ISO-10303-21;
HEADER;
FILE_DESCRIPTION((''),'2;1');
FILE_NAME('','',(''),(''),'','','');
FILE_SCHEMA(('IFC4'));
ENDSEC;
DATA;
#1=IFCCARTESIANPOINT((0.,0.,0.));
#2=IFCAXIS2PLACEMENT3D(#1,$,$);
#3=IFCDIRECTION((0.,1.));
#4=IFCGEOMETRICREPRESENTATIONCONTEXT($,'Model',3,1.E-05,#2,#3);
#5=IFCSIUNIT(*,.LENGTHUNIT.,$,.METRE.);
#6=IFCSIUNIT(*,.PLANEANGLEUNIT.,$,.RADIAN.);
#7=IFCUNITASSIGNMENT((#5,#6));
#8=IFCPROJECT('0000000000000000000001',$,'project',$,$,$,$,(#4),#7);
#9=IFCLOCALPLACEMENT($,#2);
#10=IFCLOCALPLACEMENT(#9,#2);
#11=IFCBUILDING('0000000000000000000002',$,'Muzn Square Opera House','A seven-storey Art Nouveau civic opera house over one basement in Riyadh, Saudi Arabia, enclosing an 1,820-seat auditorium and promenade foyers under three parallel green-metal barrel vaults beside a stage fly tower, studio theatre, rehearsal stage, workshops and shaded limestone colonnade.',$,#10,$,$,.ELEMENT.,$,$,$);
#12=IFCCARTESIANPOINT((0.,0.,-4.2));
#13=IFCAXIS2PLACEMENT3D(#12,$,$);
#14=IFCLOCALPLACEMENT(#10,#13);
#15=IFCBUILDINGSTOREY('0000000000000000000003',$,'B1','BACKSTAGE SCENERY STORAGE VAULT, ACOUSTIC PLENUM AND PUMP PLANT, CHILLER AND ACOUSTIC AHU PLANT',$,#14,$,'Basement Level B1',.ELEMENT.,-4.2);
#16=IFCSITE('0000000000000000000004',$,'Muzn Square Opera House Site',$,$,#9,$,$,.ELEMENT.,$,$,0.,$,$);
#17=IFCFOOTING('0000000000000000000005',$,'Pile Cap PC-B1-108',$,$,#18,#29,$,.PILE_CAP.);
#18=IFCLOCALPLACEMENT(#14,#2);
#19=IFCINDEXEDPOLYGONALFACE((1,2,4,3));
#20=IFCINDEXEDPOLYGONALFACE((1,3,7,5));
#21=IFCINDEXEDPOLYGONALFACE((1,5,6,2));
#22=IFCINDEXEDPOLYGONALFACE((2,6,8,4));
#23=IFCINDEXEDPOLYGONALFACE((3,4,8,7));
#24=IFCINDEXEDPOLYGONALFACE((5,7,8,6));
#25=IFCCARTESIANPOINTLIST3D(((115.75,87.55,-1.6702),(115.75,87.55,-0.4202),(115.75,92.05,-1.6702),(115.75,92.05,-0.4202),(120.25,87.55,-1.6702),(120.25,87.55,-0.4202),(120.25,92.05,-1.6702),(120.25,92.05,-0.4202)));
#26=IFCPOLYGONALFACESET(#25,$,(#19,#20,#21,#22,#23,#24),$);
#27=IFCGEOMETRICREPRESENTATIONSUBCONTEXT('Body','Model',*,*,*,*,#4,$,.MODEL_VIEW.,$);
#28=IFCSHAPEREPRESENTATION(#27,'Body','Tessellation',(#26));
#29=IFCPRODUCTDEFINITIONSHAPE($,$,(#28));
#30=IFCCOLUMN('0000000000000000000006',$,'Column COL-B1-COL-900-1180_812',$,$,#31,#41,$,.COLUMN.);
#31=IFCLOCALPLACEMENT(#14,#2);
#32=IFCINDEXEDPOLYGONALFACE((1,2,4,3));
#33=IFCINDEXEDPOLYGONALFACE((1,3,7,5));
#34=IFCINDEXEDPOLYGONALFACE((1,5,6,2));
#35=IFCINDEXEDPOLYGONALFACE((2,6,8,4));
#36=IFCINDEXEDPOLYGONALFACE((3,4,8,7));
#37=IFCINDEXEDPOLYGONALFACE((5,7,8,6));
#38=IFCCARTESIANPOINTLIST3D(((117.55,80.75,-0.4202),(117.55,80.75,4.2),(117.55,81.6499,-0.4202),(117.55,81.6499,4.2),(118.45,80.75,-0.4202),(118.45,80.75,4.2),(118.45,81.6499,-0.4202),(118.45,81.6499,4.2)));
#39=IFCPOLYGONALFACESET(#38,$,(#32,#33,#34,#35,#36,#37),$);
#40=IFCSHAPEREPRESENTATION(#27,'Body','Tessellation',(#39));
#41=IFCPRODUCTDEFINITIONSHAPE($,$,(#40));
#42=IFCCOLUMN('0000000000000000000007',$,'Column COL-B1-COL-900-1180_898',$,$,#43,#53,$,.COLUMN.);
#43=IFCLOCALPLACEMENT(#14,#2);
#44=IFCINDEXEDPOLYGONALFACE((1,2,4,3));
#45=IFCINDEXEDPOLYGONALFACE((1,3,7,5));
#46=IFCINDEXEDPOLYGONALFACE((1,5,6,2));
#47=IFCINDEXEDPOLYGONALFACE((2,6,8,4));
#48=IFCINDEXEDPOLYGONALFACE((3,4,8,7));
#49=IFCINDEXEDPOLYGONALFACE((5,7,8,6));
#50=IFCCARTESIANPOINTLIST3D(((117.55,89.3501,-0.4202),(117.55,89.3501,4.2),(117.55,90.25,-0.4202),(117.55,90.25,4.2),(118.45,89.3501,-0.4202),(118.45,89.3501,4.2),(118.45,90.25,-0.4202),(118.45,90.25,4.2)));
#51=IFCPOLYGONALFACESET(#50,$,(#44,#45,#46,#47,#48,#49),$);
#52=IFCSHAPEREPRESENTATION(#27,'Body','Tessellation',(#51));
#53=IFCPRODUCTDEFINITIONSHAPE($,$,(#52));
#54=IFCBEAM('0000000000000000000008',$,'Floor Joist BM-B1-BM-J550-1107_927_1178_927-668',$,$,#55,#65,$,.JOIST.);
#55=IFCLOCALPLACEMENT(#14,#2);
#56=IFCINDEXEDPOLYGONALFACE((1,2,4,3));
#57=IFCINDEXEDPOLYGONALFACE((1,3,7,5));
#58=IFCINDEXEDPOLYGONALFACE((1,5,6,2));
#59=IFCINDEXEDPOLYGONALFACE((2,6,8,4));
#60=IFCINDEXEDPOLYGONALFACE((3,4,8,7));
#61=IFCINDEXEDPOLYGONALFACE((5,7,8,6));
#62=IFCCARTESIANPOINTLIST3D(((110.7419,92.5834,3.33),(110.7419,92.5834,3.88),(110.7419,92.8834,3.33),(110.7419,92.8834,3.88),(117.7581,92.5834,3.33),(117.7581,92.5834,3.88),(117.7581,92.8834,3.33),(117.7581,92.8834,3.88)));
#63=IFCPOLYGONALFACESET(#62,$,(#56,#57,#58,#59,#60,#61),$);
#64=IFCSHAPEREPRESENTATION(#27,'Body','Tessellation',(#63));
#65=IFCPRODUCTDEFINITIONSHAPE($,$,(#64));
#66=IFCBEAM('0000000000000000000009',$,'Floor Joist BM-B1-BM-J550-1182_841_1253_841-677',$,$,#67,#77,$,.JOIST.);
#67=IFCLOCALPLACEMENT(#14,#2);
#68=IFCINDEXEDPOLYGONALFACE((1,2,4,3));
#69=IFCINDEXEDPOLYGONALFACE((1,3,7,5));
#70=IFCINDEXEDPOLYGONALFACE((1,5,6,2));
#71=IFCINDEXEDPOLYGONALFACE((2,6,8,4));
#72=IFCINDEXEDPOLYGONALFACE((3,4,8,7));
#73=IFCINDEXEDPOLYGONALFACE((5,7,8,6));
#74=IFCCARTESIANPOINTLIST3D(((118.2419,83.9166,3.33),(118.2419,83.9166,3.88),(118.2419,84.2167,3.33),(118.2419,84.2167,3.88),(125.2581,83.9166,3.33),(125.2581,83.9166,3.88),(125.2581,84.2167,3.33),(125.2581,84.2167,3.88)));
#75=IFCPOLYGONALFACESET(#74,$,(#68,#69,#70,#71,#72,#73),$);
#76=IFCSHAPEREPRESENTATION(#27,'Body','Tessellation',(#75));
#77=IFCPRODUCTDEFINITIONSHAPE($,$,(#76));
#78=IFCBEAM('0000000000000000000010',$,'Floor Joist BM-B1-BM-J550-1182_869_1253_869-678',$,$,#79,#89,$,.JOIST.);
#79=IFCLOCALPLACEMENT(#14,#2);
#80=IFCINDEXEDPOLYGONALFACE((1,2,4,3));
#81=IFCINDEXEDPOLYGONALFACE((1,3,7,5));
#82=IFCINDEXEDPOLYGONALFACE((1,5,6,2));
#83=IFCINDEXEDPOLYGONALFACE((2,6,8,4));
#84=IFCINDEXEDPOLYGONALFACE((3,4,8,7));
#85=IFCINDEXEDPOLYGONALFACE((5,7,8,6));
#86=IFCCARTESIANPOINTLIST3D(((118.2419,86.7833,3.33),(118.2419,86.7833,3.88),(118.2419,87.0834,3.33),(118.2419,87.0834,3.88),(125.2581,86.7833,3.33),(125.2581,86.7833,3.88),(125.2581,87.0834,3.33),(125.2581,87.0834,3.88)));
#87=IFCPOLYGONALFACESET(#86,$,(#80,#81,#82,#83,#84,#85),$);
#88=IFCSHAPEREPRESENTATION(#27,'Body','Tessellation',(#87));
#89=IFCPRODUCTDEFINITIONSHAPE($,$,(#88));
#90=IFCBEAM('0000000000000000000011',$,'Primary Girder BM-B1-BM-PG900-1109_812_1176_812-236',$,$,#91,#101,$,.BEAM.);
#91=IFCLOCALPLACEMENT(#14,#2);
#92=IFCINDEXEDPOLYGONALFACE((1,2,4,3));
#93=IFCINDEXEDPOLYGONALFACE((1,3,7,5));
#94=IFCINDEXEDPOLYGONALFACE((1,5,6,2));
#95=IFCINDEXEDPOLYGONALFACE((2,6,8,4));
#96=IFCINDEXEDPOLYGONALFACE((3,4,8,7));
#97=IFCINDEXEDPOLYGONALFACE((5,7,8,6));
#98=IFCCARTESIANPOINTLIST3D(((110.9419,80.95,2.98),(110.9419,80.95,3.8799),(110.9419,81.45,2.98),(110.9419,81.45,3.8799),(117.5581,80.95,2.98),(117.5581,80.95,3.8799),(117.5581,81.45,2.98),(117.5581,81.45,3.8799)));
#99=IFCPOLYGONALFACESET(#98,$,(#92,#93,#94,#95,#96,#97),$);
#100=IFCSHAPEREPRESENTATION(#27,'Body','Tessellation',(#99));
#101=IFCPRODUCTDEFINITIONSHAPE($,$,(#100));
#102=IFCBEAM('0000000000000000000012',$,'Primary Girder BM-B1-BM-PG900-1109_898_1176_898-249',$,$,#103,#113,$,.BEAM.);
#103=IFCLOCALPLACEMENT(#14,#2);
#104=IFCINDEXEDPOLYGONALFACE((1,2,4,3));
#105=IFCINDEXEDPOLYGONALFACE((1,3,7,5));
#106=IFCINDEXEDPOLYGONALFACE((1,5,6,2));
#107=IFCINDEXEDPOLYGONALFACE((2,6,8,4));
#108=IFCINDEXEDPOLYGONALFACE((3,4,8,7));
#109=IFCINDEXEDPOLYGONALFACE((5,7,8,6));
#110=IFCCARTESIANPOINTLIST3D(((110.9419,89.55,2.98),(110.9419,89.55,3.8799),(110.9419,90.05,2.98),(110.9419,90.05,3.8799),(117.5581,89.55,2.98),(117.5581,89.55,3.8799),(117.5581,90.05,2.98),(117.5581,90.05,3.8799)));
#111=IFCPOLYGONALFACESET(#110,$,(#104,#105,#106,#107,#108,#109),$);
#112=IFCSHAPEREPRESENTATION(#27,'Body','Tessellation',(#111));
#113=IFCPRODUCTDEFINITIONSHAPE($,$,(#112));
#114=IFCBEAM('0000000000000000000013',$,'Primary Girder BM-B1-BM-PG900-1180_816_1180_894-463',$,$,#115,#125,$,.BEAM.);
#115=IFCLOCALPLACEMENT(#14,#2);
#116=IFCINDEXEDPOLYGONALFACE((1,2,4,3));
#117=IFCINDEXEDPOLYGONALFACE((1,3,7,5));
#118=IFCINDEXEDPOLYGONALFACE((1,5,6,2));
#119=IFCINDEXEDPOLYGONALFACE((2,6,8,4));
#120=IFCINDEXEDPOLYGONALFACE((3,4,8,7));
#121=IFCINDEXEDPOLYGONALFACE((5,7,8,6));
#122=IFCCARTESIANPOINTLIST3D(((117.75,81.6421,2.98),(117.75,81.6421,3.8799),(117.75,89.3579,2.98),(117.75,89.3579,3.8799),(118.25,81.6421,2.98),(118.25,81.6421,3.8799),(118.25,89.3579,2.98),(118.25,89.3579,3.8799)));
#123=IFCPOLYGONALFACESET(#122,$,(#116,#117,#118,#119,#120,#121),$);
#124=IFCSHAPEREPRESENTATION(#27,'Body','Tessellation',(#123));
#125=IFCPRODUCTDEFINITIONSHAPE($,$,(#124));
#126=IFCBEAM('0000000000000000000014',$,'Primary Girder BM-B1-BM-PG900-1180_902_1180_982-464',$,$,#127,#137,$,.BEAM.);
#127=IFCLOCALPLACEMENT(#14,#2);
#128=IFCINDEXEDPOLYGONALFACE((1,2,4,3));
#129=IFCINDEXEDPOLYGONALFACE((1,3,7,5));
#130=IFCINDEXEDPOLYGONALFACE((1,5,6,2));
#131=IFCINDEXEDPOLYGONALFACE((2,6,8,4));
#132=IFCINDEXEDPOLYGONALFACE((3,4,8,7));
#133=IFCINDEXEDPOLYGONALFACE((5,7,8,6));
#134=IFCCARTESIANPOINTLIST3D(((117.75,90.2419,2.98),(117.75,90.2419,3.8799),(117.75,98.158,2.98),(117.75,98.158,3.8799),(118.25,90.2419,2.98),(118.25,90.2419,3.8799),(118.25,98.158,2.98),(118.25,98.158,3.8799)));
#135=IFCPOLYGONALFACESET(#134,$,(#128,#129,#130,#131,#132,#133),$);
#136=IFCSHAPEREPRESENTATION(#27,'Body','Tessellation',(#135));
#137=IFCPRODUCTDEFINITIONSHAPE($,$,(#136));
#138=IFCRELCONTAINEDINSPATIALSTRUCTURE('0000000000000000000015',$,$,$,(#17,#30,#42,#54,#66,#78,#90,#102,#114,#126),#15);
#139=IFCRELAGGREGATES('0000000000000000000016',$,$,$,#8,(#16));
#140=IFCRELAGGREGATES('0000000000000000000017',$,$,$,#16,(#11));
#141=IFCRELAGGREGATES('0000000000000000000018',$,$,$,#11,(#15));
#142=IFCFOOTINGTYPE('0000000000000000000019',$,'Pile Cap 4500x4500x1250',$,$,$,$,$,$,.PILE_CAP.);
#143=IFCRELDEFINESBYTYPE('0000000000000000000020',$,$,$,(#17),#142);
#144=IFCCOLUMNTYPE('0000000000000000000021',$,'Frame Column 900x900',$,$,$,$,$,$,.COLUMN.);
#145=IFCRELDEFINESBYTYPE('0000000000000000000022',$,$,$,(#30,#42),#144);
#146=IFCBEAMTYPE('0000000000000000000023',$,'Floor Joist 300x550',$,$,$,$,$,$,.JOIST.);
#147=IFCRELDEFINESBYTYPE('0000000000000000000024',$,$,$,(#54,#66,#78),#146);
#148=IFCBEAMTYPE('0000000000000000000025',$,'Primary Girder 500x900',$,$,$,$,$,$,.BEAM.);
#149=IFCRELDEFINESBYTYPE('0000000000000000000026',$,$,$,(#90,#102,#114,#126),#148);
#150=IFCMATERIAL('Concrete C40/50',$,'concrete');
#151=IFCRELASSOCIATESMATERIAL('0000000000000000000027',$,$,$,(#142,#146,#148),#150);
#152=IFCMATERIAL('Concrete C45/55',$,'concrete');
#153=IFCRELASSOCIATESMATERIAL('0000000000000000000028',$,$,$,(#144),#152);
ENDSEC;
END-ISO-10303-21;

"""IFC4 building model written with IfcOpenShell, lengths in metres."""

from ifc_helpers import new_model, si_unit, direction, frame, origin, origin_2d, place, context, subcontext, project, spatial, rectangle, extrude, material, material_profile, profile_set, type_object, element, save


model = new_model("IFC4")

# Units and contexts
model_context = context("Model", 3, precision=1e-05, world=origin(), true_north=direction((0.0, 1.0)))
body_context = subcontext(model_context, "Body", "Model", "MODEL_VIEW")
ifc_project = project(units=[si_unit("LENGTHUNIT", "METRE"), si_unit("PLANEANGLEUNIT", "RADIAN")], contexts=[model_context])

# Site, building, storey
site_placement = place(None, origin())
site = spatial("IfcSite", under=ifc_project, at=site_placement, Name="Muzn Square Opera House Site", CompositionType="ELEMENT", RefElevation=0.0)
building_placement = place(site_placement, origin())
building = spatial("IfcBuilding", under=site, at=building_placement, Name="Muzn Square Opera House", Description="A seven-storey Art Nouveau civic opera house over one basement in Riyadh, Saudi Arabia, enclosing an 1,820-seat auditorium and promenade foyers under three parallel green-metal barrel vaults beside a stage fly tower, studio theatre, rehearsal stage, workshops and shaded limestone colonnade.", CompositionType="ELEMENT")
storey_placement = place(building_placement, frame((0.0, 0.0, -4.2)))
storey = spatial("IfcBuildingStorey", under=building, at=storey_placement, Name="B1", Description="BACKSTAGE SCENERY STORAGE VAULT, ACOUSTIC PLENUM AND PUMP PLANT, CHILLER AND ACOUSTIC AHU PLANT", LongName="Basement Level B1", CompositionType="ELEMENT", Elevation=-4.2)

# Shared definitions
ifc_material_1 = material(Name="Concrete C40/50", Category="concrete")

# Footing
footing_type_1 = type_object("IfcFootingType", Name="Pile Cap 4500x4500x1250", PredefinedType="PILE_CAP", material=ifc_material_1)
footing_1_placement = place(storey_placement, frame((118.0, 89.8, -1.6702), z_axis=(0.0, 0.0, 1.0), x_axis=(1.0, 0.0, 0.0)))
element("IfcFooting", 1, at=footing_1_placement, inside=storey, type_object=footing_type_1, Name="Pile Cap PC-B1-108", PredefinedType="PILE_CAP", context=body_context, shape_type="SweptSolid", body=[
    extrude(rectangle(XDim=4.5, YDim=4.5, at=origin_2d()), origin(), (0.0, 0.0, 1.0), 1.25),
])

# Columns
ifc_material_2 = material(Name="Concrete C45/55", Category="concrete")
ifc_material_profile_1 = material_profile(ifc_material_2, rectangle(XDim=0.8999, YDim=0.8999, at=origin_2d()), Name="RC 900x900", Category="concrete")
ifc_profile_set_1 = profile_set([ifc_material_profile_1], Name="Concrete C45/55")
column_type = type_object("IfcColumnType", Name="Frame Column 900x900", PredefinedType="COLUMN", material=ifc_profile_set_1)
for number, where, z_axis, x_axis, name in (
    (2, (118.0, 81.2, -0.4202), (0.0, 0.0, 1.0), (1.0, 0.0, 0.0), "Column COL-B1-COL-900-1180_812"),
    (3, (118.0, 89.8, -0.4202), (0.0, 0.0, 1.0), (1.0, 0.0, 0.0), "Column COL-B1-COL-900-1180_898"),
):
    element("IfcColumn", number, at=place(storey_placement, frame(where, z_axis=z_axis, x_axis=x_axis)), inside=storey, type_object=column_type, Name=name, PredefinedType="COLUMN", context=body_context, shape_type="SweptSolid", body=[
        extrude(rectangle(XDim=0.8999, YDim=0.8999, at=origin_2d()), origin(), (0.0, 0.0, 1.0), 4.6201),
    ])

# Beams
ifc_material_profile_2 = material_profile(ifc_material_1, rectangle(XDim=0.3, YDim=0.55, at=origin_2d()), Name="RCJ 300x550", Category="concrete")
ifc_profile_set_2 = profile_set([ifc_material_profile_2], Name="Concrete C40/50")
beam_type_1 = type_object("IfcBeamType", Name="Floor Joist 300x550", PredefinedType="JOIST", material=ifc_profile_set_2)
for number, where, z_axis, x_axis, name in (
    (4, (110.7419, 92.7334, 3.605), (1.0, 0.0, 0.0), (0.0, 1.0, 0.0), "Floor Joist BM-B1-BM-J550-1107_927_1178_927-668"),
    (5, (118.2419, 84.0667, 3.605), (1.0, 0.0, 0.0), (0.0, 1.0, 0.0), "Floor Joist BM-B1-BM-J550-1182_841_1253_841-677"),
    (6, (118.2419, 86.9333, 3.605), (1.0, 0.0, 0.0), (0.0, 1.0, 0.0), "Floor Joist BM-B1-BM-J550-1182_869_1253_869-678"),
):
    element("IfcBeam", number, at=place(storey_placement, frame(where, z_axis=z_axis, x_axis=x_axis)), inside=storey, type_object=beam_type_1, Name=name, PredefinedType="JOIST", context=body_context, shape_type="SweptSolid", body=[
        extrude(rectangle(XDim=0.3, YDim=0.55, at=origin_2d()), origin(), (0.0, 0.0, 1.0), 7.0161),
    ])
ifc_material_profile_3 = material_profile(ifc_material_1, rectangle(XDim=0.5, YDim=0.8999, at=origin_2d()), Name="RCB 500x900", Category="concrete")
ifc_profile_set_3 = profile_set([ifc_material_profile_3], Name="Concrete C40/50")
beam_type_2 = type_object("IfcBeamType", Name="Primary Girder 500x900", PredefinedType="BEAM", material=ifc_profile_set_3)
for number, where, z_axis, x_axis, name in (
    (7, (110.9419, 81.2, 3.4299), (1.0, 0.0, 0.0), (0.0, 1.0, 0.0), "Primary Girder BM-B1-BM-PG900-1109_812_1176_812-236"),
    (8, (110.9419, 89.8, 3.4299), (1.0, 0.0, 0.0), (0.0, 1.0, 0.0), "Primary Girder BM-B1-BM-PG900-1109_898_1176_898-249"),
):
    element("IfcBeam", number, at=place(storey_placement, frame(where, z_axis=z_axis, x_axis=x_axis)), inside=storey, type_object=beam_type_2, Name=name, PredefinedType="BEAM", context=body_context, shape_type="SweptSolid", body=[
        extrude(rectangle(XDim=0.5, YDim=0.8999, at=origin_2d()), origin(), (0.0, 0.0, 1.0), 6.6162),
    ])
beam_1_placement = place(storey_placement, frame((118.0, 81.6421, 3.4299), z_axis=(0.0, 1.0, 0.0), x_axis=(-1.0, 0.0, 0.0)))
element("IfcBeam", 9, at=beam_1_placement, inside=storey, type_object=beam_type_2, Name="Primary Girder BM-B1-BM-PG900-1180_816_1180_894-463", PredefinedType="BEAM", context=body_context, shape_type="SweptSolid", body=[
    extrude(rectangle(XDim=0.5, YDim=0.8999, at=origin_2d()), origin(), (0.0, 0.0, 1.0), 7.7158),
])
beam_2_placement = place(storey_placement, frame((118.0, 90.2419, 3.4299), z_axis=(0.0, 1.0, 0.0), x_axis=(-1.0, 0.0, 0.0)))
element("IfcBeam", 10, at=beam_2_placement, inside=storey, type_object=beam_type_2, Name="Primary Girder BM-B1-BM-PG900-1180_902_1180_982-464", PredefinedType="BEAM", context=body_context, shape_type="SweptSolid", body=[
    extrude(rectangle(XDim=0.5, YDim=0.8999, at=origin_2d()), origin(), (0.0, 0.0, 1.0), 7.916),
])

save(model, "model.ifc")
